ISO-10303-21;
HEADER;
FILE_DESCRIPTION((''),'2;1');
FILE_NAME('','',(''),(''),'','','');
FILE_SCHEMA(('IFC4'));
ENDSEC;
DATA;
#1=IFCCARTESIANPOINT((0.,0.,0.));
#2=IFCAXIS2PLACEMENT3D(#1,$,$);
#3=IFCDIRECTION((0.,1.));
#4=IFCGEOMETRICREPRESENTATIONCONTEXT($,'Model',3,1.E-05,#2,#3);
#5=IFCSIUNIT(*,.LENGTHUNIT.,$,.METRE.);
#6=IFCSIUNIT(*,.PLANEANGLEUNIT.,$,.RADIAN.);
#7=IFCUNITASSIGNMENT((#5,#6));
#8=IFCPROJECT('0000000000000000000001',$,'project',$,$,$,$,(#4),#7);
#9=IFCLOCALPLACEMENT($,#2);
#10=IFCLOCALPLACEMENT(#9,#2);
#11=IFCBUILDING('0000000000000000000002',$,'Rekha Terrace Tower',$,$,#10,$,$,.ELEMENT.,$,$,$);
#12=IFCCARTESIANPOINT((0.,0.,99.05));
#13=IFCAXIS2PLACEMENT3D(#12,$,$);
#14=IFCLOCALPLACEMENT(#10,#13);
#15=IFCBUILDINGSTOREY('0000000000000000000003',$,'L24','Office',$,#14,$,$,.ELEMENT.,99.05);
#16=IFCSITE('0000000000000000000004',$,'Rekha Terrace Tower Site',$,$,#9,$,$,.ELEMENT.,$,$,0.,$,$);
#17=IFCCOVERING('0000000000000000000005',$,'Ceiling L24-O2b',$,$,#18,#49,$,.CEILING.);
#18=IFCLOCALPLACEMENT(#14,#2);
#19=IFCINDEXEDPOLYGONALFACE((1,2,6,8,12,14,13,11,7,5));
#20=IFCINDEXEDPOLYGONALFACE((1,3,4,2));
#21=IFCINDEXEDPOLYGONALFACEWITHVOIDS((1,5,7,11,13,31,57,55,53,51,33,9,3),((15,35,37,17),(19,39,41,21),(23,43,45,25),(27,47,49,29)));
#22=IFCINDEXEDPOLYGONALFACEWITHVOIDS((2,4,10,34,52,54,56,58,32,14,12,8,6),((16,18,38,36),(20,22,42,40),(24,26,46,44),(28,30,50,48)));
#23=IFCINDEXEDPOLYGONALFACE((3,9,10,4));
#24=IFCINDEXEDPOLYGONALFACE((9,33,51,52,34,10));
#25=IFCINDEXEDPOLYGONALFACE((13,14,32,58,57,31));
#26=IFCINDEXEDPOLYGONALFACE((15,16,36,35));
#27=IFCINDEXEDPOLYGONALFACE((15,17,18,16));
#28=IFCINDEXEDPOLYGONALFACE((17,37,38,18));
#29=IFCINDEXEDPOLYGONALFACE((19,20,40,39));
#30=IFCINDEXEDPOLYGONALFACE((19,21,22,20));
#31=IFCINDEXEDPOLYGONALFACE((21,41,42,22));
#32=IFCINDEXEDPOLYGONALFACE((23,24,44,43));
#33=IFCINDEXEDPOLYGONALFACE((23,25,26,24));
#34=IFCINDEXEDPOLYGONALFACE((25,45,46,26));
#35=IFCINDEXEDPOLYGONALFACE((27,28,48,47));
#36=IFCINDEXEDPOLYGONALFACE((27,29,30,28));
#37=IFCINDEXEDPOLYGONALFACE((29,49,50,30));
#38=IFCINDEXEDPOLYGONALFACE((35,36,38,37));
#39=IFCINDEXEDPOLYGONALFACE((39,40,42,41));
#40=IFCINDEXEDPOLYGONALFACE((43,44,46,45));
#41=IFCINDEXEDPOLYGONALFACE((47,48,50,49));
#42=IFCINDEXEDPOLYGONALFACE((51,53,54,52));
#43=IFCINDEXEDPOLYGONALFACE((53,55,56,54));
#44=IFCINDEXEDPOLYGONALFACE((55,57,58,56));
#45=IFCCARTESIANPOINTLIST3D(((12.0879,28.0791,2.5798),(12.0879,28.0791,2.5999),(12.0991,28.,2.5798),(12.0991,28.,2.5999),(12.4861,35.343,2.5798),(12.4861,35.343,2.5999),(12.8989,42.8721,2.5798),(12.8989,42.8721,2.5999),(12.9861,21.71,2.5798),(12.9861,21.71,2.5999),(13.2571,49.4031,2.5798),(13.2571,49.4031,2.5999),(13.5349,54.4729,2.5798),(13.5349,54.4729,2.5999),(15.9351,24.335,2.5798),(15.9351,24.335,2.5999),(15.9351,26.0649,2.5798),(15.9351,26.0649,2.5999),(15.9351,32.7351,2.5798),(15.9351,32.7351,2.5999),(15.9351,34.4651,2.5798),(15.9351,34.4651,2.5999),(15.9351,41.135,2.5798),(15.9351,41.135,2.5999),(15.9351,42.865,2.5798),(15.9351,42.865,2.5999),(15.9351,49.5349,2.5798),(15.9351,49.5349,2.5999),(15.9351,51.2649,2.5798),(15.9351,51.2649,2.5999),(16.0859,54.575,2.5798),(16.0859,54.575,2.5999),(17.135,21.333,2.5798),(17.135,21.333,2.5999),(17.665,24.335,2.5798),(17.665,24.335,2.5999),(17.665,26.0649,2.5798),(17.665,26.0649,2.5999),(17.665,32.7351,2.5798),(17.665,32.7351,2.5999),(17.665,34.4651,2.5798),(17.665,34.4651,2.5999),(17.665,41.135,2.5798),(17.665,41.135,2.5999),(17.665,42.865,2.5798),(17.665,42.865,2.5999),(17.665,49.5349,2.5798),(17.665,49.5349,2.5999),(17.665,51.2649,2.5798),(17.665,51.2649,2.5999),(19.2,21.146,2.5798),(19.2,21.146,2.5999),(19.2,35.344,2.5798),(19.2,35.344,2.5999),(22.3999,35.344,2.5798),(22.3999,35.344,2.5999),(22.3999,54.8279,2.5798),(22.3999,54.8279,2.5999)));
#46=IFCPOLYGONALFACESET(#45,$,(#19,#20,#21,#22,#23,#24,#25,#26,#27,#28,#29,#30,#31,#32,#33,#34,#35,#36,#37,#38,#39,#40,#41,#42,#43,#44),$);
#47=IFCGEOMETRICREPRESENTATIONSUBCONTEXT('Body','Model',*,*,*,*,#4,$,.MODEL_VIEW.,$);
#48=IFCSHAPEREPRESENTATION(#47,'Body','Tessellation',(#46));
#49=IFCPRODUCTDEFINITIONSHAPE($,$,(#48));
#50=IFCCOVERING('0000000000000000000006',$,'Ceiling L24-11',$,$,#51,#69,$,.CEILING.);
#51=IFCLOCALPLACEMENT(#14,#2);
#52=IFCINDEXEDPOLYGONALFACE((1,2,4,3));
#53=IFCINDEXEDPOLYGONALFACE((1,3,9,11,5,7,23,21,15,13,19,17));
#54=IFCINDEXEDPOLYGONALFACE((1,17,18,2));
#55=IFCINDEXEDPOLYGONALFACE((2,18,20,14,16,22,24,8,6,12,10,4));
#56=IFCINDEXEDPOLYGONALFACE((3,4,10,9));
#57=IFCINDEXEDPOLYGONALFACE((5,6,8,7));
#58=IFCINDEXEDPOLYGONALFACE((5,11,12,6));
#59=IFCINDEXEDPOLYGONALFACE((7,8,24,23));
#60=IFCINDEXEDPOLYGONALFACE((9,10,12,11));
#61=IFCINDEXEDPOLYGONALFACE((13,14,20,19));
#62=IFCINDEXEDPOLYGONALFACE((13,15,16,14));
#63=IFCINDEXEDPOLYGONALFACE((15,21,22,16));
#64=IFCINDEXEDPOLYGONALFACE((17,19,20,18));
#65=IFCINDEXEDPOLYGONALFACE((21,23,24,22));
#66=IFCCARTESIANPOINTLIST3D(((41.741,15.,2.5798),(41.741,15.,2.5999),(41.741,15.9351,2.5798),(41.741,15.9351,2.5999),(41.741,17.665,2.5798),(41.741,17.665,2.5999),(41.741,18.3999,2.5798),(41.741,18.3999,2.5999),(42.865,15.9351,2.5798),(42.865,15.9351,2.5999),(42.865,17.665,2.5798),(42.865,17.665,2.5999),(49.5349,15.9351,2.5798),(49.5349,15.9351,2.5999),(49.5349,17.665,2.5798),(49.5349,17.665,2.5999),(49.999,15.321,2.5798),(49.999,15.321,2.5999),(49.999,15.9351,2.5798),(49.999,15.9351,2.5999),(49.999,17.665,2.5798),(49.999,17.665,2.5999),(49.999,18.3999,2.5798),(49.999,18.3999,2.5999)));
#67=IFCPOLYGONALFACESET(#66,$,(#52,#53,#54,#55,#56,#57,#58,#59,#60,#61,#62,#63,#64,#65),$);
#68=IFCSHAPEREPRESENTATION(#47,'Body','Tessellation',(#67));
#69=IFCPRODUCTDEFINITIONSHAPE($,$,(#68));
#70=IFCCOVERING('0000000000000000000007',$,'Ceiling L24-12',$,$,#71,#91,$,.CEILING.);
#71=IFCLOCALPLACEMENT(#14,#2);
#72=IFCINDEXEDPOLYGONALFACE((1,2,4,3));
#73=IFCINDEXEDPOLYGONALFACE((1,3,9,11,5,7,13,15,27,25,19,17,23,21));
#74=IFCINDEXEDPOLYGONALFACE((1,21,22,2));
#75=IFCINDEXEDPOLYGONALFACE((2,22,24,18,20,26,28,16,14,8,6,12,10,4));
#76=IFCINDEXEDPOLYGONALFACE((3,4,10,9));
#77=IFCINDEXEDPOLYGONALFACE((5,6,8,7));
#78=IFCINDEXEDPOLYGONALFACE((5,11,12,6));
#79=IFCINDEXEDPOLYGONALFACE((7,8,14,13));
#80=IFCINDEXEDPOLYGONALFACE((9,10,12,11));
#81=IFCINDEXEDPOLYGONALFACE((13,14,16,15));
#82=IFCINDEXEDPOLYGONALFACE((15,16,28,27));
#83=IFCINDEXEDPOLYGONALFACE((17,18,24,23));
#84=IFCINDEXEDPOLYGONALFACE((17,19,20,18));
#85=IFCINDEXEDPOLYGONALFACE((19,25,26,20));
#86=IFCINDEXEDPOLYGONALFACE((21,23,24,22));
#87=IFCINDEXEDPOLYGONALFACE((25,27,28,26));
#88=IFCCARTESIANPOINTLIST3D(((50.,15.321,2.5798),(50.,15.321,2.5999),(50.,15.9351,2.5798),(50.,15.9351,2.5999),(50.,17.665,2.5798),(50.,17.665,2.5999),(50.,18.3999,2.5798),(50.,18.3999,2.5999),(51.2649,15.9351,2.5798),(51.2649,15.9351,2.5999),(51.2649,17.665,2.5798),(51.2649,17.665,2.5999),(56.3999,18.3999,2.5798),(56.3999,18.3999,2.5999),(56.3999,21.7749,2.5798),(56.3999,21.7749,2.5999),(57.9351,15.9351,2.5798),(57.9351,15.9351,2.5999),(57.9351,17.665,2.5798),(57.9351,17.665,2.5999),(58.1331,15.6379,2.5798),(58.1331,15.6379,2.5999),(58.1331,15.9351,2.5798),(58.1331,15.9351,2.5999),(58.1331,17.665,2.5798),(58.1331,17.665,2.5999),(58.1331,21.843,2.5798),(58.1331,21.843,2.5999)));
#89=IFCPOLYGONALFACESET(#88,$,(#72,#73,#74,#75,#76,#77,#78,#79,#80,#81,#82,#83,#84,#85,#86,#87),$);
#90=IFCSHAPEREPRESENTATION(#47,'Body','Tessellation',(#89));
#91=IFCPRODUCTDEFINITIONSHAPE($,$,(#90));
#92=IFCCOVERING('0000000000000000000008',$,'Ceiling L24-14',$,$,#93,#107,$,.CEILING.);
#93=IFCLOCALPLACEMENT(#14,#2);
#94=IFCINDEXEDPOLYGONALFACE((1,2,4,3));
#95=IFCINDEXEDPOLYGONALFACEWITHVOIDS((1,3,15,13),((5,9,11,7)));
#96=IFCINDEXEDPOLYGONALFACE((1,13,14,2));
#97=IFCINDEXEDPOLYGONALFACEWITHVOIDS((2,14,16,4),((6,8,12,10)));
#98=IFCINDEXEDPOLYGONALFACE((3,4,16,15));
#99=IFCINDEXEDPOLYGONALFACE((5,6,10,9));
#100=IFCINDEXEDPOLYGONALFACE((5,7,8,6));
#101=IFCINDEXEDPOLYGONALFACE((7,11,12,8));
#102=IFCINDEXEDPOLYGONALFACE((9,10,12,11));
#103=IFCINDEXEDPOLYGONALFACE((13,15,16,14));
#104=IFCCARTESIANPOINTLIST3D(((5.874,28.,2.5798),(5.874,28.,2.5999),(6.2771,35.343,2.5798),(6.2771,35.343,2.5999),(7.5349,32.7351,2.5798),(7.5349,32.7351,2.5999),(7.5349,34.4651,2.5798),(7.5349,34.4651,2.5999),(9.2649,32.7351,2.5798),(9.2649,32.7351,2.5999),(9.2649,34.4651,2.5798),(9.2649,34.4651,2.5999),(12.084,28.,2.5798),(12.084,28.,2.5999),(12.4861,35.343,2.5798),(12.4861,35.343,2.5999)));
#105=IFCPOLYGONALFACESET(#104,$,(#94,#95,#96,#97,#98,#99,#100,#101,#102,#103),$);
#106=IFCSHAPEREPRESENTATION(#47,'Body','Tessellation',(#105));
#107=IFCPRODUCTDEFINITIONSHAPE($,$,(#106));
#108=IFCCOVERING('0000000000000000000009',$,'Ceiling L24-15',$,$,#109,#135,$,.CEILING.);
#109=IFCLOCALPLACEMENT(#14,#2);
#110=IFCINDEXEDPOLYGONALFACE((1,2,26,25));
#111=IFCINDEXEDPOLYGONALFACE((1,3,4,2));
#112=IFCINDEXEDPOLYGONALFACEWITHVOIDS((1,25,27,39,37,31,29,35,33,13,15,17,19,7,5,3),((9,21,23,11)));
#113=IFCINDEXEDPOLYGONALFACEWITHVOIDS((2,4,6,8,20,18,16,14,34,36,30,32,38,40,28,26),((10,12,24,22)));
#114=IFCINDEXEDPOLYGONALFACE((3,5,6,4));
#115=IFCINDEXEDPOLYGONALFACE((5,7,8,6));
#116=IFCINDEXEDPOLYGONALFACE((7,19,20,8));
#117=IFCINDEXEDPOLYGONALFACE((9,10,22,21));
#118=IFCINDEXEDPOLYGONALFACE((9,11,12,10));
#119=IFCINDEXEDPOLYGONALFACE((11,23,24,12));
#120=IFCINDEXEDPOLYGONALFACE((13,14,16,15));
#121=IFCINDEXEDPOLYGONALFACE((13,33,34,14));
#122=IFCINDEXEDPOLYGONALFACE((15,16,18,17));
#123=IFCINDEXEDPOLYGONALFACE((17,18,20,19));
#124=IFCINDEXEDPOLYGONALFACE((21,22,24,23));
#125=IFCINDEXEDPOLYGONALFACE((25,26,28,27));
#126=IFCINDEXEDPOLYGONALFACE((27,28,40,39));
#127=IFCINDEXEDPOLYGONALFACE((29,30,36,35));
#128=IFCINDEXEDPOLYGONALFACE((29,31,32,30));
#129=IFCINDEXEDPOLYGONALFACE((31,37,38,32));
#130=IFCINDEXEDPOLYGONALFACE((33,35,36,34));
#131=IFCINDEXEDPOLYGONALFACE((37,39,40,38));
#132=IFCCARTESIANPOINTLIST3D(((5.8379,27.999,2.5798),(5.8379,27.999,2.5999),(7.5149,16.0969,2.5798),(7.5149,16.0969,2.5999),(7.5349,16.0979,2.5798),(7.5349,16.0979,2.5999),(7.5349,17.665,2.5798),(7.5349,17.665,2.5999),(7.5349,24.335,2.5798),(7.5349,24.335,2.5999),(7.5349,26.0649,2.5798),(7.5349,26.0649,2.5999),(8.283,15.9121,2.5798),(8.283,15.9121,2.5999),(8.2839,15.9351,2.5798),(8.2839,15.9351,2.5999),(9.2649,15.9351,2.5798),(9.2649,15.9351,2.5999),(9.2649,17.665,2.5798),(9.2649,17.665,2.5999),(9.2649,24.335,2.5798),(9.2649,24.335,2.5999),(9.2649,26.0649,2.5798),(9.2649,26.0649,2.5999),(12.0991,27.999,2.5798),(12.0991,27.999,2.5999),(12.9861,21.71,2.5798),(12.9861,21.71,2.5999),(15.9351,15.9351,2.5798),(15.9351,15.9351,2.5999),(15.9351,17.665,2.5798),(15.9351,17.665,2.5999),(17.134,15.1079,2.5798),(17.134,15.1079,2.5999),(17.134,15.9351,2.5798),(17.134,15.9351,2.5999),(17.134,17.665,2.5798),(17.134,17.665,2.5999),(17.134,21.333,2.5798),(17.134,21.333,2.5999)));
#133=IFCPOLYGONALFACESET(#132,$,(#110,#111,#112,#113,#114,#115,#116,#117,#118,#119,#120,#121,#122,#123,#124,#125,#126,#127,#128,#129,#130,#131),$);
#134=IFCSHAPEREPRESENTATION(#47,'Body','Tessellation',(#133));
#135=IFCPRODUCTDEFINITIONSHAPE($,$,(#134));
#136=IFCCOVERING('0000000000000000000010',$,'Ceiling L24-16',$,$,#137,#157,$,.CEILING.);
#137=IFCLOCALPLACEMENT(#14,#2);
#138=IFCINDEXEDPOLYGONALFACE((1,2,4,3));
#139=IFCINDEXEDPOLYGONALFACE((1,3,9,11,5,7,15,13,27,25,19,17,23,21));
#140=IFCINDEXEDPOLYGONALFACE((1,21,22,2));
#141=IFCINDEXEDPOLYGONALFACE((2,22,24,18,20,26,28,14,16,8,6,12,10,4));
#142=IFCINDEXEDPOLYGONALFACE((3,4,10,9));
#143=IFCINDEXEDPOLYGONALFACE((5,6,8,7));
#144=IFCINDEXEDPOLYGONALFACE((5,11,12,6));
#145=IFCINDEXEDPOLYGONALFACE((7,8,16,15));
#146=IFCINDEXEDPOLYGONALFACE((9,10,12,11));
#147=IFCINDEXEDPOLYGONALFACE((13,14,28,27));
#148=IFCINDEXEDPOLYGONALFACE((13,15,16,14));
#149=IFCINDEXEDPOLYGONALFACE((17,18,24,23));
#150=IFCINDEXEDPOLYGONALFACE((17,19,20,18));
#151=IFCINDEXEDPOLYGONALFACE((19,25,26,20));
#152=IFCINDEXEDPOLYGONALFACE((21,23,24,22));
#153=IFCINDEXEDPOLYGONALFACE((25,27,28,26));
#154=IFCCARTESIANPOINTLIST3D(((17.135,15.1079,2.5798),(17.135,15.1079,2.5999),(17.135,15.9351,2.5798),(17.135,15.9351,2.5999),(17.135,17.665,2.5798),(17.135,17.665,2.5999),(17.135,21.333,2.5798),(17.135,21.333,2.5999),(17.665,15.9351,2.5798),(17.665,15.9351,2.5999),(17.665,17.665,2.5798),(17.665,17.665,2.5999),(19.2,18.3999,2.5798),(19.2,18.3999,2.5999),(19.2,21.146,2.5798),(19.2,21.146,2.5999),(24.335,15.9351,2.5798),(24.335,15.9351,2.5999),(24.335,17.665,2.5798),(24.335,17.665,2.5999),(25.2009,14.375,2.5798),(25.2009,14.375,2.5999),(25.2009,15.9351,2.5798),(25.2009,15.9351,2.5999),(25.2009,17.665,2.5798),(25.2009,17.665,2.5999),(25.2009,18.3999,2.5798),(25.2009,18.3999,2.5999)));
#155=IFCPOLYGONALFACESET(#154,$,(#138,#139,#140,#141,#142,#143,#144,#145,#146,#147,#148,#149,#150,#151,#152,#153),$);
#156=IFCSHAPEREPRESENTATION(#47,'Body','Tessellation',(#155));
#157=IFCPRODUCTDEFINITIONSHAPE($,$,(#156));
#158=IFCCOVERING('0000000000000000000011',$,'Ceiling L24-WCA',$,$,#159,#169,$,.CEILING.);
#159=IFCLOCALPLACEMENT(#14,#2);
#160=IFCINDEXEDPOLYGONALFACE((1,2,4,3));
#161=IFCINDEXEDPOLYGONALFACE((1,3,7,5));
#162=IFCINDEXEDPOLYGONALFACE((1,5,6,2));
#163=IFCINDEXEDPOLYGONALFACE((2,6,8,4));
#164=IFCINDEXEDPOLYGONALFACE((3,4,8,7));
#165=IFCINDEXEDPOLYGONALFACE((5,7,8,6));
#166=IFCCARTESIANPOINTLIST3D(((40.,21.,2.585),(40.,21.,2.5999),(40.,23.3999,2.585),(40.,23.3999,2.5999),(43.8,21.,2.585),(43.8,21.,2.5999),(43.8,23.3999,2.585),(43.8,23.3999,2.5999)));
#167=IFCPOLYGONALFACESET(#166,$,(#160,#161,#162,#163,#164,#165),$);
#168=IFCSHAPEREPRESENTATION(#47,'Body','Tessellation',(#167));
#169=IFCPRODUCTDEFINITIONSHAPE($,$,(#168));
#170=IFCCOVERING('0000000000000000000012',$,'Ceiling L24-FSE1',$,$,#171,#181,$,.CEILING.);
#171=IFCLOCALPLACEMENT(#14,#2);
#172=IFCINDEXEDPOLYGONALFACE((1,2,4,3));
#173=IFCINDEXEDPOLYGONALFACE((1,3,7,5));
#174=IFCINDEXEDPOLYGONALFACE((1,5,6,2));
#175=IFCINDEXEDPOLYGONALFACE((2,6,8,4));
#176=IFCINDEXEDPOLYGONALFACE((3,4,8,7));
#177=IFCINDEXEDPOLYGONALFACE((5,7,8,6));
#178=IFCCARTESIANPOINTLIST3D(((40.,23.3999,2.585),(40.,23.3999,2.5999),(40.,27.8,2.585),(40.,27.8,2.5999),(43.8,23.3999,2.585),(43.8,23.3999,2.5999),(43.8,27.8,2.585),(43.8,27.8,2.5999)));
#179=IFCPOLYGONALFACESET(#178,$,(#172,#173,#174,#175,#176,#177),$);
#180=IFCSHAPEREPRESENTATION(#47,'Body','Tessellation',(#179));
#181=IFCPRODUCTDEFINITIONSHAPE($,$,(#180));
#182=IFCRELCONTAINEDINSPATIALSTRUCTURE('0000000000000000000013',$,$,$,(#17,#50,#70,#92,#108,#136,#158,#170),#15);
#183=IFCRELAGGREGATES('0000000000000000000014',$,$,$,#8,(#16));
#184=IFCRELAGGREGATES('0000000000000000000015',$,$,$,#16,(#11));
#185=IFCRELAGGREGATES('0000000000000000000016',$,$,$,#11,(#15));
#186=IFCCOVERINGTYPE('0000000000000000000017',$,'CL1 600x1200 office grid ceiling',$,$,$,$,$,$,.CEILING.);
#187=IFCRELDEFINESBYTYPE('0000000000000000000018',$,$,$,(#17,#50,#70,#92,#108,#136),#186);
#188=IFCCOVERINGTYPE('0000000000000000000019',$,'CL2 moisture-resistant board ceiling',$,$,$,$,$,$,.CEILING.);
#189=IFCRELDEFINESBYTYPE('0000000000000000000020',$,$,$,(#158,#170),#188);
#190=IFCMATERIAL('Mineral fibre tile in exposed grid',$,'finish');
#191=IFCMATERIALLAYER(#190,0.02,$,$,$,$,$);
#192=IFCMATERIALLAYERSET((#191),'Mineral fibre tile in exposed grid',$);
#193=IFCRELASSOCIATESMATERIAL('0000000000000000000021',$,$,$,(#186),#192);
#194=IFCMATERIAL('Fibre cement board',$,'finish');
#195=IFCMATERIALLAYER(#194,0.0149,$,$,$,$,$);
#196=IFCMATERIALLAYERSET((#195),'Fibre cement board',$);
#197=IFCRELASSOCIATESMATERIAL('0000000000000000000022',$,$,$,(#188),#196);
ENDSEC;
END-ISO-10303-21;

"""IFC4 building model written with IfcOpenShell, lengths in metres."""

from ifc_helpers import new_model, si_unit, direction, frame, origin, place, context, subcontext, project, spatial, polyline, outline, extrude, material, layer, layer_set, type_object, element, save


model = new_model("IFC4")

# Units and contexts
model_context = context("Model", 3, precision=1e-05, world=origin(), true_north=direction((0.0, 1.0)))
body_context = subcontext(model_context, "Body", "Model", "MODEL_VIEW")
ifc_project = project(units=[si_unit("LENGTHUNIT", "METRE"), si_unit("PLANEANGLEUNIT", "RADIAN")], contexts=[model_context])

# Site, building, storey
site_placement = place(None, origin())
site = spatial("IfcSite", under=ifc_project, at=site_placement, Name="Rekha Terrace Tower Site", CompositionType="ELEMENT", RefElevation=0.0)
building_placement = place(site_placement, origin())
building = spatial("IfcBuilding", under=site, at=building_placement, Name="Rekha Terrace Tower", CompositionType="ELEMENT")
storey_placement = place(building_placement, frame((0.0, 0.0, 99.05)))
storey = spatial("IfcBuildingStorey", under=building, at=storey_placement, Name="L24", Description="Office", CompositionType="ELEMENT", Elevation=99.05)

# Coverings
ifc_material_1 = material(Name="Mineral fibre tile in exposed grid", Category="finish")
ifc_layer_1 = layer(ifc_material_1, 0.02)
ifc_layer_set_1 = layer_set([ifc_layer_1], Name="Mineral fibre tile in exposed grid")
covering_type_1 = type_object("IfcCoveringType", Name="CL1 600x1200 office grid ceiling", PredefinedType="CEILING", material=ifc_layer_set_1)
covering_1_placement = place(storey_placement, frame((0.0, 0.0, 2.5798)))
element("IfcCovering", 1, at=covering_1_placement, inside=storey, type_object=covering_type_1, Name="Ceiling L24-O2b", PredefinedType="CEILING", context=body_context, shape_type="SweptSolid", body=[
    extrude(outline(polyline([(12.0879, 28.0791), (12.0991, 28.0), (12.9861, 21.71), (17.135, 21.333), (19.2, 21.146), (19.2, 35.344), (22.3999, 35.344), (22.3999, 54.8279), (16.0859, 54.575), (13.5349, 54.4729), (13.2571, 49.4031), (12.8989, 42.8721), (12.4861, 35.343), (12.0879, 28.0791)]), holes=[polyline([(17.665, 26.0649), (17.665, 24.335), (15.9351, 24.335), (15.9351, 26.0649), (17.665, 26.0649)]), polyline([(17.665, 34.4651), (17.665, 32.7351), (15.9351, 32.7351), (15.9351, 34.4651), (17.665, 34.4651)]), polyline([(17.665, 41.135), (15.9351, 41.135), (15.9351, 42.865), (17.665, 42.865), (17.665, 41.135)]), polyline([(17.665, 49.5349), (15.9351, 49.5349), (15.9351, 51.2649), (17.665, 51.2649), (17.665, 49.5349)])]), origin(), (0.0, 0.0, 1.0), 0.02),
])
covering_2_placement = place(storey_placement, frame((0.0, 0.0, 2.5798)))
element("IfcCovering", 2, at=covering_2_placement, inside=storey, type_object=covering_type_1, Name="Ceiling L24-11", PredefinedType="CEILING", context=body_context, shape_type="SweptSolid", body=[
    extrude(outline(polyline([(41.741, 15.9351), (41.741, 15.0), (49.999, 15.321), (49.999, 15.9351), (49.5349, 15.9351), (49.5349, 17.665), (49.999, 17.665), (49.999, 18.3999), (41.741, 18.3999), (41.741, 17.665), (42.865, 17.665), (42.865, 15.9351), (41.741, 15.9351)])), origin(), (0.0, 0.0, 1.0), 0.02),
])
covering_3_placement = place(storey_placement, frame((0.0, 0.0, 2.5798)))
element("IfcCovering", 3, at=covering_3_placement, inside=storey, type_object=covering_type_1, Name="Ceiling L24-12", PredefinedType="CEILING", context=body_context, shape_type="SweptSolid", body=[
    extrude(outline(polyline([(58.1331, 17.665), (58.1331, 21.843), (56.3999, 21.7749), (56.3999, 18.3999), (50.0, 18.3999), (50.0, 17.665), (51.2649, 17.665), (51.2649, 15.9351), (50.0, 15.9351), (50.0, 15.321), (58.1331, 15.6379), (58.1331, 15.9351), (57.9351, 15.9351), (57.9351, 17.665), (58.1331, 17.665)])), origin(), (0.0, 0.0, 1.0), 0.02),
])
covering_4_placement = place(storey_placement, frame((0.0, 0.0, 2.5798)))
element("IfcCovering", 4, at=covering_4_placement, inside=storey, type_object=covering_type_1, Name="Ceiling L24-14", PredefinedType="CEILING", context=body_context, shape_type="SweptSolid", body=[
    extrude(outline(polyline([(5.874, 28.0), (12.084, 28.0), (12.4861, 35.343), (6.2771, 35.343), (5.874, 28.0)]), holes=[polyline([(9.2649, 32.7351), (7.5349, 32.7351), (7.5349, 34.4651), (9.2649, 34.4651), (9.2649, 32.7351)])]), origin(), (0.0, 0.0, 1.0), 0.02),
])
covering_5_placement = place(storey_placement, frame((0.0, 0.0, 2.5798)))
element("IfcCovering", 5, at=covering_5_placement, inside=storey, type_object=covering_type_1, Name="Ceiling L24-15", PredefinedType="CEILING", context=body_context, shape_type="SweptSolid", body=[
    extrude(outline(polyline([(7.5149, 16.0969), (7.5349, 16.0979), (7.5349, 17.665), (9.2649, 17.665), (9.2649, 15.9351), (8.2839, 15.9351), (8.283, 15.9121), (17.134, 15.1079), (17.134, 15.9351), (15.9351, 15.9351), (15.9351, 17.665), (17.134, 17.665), (17.134, 21.333), (12.9861, 21.71), (12.0991, 27.999), (5.8379, 27.999), (7.5149, 16.0969)]), holes=[polyline([(9.2649, 24.335), (7.5349, 24.335), (7.5349, 26.0649), (9.2649, 26.0649), (9.2649, 24.335)])]), origin(), (0.0, 0.0, 1.0), 0.02),
])
covering_6_placement = place(storey_placement, frame((0.0, 0.0, 2.5798)))
element("IfcCovering", 6, at=covering_6_placement, inside=storey, type_object=covering_type_1, Name="Ceiling L24-16", PredefinedType="CEILING", context=body_context, shape_type="SweptSolid", body=[
    extrude(outline(polyline([(24.335, 17.665), (25.2009, 17.665), (25.2009, 18.3999), (19.2, 18.3999), (19.2, 21.146), (17.135, 21.333), (17.135, 17.665), (17.665, 17.665), (17.665, 15.9351), (17.135, 15.9351), (17.135, 15.1079), (25.2009, 14.375), (25.2009, 15.9351), (24.335, 15.9351), (24.335, 17.665)])), origin(), (0.0, 0.0, 1.0), 0.02),
])
ifc_material_2 = material(Name="Fibre cement board", Category="finish")
ifc_layer_2 = layer(ifc_material_2, 0.0149)
ifc_layer_set_2 = layer_set([ifc_layer_2], Name="Fibre cement board")
covering_type_2 = type_object("IfcCoveringType", Name="CL2 moisture-resistant board ceiling", PredefinedType="CEILING", material=ifc_layer_set_2)
covering_7_placement = place(storey_placement, frame((0.0, 0.0, 2.585)))
element("IfcCovering", 7, at=covering_7_placement, inside=storey, type_object=covering_type_2, Name="Ceiling L24-WCA", PredefinedType="CEILING", context=body_context, shape_type="SweptSolid", body=[
    extrude(outline(polyline([(43.8, 23.3999), (40.0, 23.3999), (40.0, 21.0), (43.8, 21.0), (43.8, 23.3999)])), origin(), (0.0, 0.0, 1.0), 0.0149),
])
covering_8_placement = place(storey_placement, frame((0.0, 0.0, 2.585)))
element("IfcCovering", 8, at=covering_8_placement, inside=storey, type_object=covering_type_2, Name="Ceiling L24-FSE1", PredefinedType="CEILING", context=body_context, shape_type="SweptSolid", body=[
    extrude(outline(polyline([(43.8, 27.8), (40.0, 27.8), (40.0, 23.3999), (43.8, 23.3999), (43.8, 27.8)])), origin(), (0.0, 0.0, 1.0), 0.0149),
])

save(model, "model.ifc")
